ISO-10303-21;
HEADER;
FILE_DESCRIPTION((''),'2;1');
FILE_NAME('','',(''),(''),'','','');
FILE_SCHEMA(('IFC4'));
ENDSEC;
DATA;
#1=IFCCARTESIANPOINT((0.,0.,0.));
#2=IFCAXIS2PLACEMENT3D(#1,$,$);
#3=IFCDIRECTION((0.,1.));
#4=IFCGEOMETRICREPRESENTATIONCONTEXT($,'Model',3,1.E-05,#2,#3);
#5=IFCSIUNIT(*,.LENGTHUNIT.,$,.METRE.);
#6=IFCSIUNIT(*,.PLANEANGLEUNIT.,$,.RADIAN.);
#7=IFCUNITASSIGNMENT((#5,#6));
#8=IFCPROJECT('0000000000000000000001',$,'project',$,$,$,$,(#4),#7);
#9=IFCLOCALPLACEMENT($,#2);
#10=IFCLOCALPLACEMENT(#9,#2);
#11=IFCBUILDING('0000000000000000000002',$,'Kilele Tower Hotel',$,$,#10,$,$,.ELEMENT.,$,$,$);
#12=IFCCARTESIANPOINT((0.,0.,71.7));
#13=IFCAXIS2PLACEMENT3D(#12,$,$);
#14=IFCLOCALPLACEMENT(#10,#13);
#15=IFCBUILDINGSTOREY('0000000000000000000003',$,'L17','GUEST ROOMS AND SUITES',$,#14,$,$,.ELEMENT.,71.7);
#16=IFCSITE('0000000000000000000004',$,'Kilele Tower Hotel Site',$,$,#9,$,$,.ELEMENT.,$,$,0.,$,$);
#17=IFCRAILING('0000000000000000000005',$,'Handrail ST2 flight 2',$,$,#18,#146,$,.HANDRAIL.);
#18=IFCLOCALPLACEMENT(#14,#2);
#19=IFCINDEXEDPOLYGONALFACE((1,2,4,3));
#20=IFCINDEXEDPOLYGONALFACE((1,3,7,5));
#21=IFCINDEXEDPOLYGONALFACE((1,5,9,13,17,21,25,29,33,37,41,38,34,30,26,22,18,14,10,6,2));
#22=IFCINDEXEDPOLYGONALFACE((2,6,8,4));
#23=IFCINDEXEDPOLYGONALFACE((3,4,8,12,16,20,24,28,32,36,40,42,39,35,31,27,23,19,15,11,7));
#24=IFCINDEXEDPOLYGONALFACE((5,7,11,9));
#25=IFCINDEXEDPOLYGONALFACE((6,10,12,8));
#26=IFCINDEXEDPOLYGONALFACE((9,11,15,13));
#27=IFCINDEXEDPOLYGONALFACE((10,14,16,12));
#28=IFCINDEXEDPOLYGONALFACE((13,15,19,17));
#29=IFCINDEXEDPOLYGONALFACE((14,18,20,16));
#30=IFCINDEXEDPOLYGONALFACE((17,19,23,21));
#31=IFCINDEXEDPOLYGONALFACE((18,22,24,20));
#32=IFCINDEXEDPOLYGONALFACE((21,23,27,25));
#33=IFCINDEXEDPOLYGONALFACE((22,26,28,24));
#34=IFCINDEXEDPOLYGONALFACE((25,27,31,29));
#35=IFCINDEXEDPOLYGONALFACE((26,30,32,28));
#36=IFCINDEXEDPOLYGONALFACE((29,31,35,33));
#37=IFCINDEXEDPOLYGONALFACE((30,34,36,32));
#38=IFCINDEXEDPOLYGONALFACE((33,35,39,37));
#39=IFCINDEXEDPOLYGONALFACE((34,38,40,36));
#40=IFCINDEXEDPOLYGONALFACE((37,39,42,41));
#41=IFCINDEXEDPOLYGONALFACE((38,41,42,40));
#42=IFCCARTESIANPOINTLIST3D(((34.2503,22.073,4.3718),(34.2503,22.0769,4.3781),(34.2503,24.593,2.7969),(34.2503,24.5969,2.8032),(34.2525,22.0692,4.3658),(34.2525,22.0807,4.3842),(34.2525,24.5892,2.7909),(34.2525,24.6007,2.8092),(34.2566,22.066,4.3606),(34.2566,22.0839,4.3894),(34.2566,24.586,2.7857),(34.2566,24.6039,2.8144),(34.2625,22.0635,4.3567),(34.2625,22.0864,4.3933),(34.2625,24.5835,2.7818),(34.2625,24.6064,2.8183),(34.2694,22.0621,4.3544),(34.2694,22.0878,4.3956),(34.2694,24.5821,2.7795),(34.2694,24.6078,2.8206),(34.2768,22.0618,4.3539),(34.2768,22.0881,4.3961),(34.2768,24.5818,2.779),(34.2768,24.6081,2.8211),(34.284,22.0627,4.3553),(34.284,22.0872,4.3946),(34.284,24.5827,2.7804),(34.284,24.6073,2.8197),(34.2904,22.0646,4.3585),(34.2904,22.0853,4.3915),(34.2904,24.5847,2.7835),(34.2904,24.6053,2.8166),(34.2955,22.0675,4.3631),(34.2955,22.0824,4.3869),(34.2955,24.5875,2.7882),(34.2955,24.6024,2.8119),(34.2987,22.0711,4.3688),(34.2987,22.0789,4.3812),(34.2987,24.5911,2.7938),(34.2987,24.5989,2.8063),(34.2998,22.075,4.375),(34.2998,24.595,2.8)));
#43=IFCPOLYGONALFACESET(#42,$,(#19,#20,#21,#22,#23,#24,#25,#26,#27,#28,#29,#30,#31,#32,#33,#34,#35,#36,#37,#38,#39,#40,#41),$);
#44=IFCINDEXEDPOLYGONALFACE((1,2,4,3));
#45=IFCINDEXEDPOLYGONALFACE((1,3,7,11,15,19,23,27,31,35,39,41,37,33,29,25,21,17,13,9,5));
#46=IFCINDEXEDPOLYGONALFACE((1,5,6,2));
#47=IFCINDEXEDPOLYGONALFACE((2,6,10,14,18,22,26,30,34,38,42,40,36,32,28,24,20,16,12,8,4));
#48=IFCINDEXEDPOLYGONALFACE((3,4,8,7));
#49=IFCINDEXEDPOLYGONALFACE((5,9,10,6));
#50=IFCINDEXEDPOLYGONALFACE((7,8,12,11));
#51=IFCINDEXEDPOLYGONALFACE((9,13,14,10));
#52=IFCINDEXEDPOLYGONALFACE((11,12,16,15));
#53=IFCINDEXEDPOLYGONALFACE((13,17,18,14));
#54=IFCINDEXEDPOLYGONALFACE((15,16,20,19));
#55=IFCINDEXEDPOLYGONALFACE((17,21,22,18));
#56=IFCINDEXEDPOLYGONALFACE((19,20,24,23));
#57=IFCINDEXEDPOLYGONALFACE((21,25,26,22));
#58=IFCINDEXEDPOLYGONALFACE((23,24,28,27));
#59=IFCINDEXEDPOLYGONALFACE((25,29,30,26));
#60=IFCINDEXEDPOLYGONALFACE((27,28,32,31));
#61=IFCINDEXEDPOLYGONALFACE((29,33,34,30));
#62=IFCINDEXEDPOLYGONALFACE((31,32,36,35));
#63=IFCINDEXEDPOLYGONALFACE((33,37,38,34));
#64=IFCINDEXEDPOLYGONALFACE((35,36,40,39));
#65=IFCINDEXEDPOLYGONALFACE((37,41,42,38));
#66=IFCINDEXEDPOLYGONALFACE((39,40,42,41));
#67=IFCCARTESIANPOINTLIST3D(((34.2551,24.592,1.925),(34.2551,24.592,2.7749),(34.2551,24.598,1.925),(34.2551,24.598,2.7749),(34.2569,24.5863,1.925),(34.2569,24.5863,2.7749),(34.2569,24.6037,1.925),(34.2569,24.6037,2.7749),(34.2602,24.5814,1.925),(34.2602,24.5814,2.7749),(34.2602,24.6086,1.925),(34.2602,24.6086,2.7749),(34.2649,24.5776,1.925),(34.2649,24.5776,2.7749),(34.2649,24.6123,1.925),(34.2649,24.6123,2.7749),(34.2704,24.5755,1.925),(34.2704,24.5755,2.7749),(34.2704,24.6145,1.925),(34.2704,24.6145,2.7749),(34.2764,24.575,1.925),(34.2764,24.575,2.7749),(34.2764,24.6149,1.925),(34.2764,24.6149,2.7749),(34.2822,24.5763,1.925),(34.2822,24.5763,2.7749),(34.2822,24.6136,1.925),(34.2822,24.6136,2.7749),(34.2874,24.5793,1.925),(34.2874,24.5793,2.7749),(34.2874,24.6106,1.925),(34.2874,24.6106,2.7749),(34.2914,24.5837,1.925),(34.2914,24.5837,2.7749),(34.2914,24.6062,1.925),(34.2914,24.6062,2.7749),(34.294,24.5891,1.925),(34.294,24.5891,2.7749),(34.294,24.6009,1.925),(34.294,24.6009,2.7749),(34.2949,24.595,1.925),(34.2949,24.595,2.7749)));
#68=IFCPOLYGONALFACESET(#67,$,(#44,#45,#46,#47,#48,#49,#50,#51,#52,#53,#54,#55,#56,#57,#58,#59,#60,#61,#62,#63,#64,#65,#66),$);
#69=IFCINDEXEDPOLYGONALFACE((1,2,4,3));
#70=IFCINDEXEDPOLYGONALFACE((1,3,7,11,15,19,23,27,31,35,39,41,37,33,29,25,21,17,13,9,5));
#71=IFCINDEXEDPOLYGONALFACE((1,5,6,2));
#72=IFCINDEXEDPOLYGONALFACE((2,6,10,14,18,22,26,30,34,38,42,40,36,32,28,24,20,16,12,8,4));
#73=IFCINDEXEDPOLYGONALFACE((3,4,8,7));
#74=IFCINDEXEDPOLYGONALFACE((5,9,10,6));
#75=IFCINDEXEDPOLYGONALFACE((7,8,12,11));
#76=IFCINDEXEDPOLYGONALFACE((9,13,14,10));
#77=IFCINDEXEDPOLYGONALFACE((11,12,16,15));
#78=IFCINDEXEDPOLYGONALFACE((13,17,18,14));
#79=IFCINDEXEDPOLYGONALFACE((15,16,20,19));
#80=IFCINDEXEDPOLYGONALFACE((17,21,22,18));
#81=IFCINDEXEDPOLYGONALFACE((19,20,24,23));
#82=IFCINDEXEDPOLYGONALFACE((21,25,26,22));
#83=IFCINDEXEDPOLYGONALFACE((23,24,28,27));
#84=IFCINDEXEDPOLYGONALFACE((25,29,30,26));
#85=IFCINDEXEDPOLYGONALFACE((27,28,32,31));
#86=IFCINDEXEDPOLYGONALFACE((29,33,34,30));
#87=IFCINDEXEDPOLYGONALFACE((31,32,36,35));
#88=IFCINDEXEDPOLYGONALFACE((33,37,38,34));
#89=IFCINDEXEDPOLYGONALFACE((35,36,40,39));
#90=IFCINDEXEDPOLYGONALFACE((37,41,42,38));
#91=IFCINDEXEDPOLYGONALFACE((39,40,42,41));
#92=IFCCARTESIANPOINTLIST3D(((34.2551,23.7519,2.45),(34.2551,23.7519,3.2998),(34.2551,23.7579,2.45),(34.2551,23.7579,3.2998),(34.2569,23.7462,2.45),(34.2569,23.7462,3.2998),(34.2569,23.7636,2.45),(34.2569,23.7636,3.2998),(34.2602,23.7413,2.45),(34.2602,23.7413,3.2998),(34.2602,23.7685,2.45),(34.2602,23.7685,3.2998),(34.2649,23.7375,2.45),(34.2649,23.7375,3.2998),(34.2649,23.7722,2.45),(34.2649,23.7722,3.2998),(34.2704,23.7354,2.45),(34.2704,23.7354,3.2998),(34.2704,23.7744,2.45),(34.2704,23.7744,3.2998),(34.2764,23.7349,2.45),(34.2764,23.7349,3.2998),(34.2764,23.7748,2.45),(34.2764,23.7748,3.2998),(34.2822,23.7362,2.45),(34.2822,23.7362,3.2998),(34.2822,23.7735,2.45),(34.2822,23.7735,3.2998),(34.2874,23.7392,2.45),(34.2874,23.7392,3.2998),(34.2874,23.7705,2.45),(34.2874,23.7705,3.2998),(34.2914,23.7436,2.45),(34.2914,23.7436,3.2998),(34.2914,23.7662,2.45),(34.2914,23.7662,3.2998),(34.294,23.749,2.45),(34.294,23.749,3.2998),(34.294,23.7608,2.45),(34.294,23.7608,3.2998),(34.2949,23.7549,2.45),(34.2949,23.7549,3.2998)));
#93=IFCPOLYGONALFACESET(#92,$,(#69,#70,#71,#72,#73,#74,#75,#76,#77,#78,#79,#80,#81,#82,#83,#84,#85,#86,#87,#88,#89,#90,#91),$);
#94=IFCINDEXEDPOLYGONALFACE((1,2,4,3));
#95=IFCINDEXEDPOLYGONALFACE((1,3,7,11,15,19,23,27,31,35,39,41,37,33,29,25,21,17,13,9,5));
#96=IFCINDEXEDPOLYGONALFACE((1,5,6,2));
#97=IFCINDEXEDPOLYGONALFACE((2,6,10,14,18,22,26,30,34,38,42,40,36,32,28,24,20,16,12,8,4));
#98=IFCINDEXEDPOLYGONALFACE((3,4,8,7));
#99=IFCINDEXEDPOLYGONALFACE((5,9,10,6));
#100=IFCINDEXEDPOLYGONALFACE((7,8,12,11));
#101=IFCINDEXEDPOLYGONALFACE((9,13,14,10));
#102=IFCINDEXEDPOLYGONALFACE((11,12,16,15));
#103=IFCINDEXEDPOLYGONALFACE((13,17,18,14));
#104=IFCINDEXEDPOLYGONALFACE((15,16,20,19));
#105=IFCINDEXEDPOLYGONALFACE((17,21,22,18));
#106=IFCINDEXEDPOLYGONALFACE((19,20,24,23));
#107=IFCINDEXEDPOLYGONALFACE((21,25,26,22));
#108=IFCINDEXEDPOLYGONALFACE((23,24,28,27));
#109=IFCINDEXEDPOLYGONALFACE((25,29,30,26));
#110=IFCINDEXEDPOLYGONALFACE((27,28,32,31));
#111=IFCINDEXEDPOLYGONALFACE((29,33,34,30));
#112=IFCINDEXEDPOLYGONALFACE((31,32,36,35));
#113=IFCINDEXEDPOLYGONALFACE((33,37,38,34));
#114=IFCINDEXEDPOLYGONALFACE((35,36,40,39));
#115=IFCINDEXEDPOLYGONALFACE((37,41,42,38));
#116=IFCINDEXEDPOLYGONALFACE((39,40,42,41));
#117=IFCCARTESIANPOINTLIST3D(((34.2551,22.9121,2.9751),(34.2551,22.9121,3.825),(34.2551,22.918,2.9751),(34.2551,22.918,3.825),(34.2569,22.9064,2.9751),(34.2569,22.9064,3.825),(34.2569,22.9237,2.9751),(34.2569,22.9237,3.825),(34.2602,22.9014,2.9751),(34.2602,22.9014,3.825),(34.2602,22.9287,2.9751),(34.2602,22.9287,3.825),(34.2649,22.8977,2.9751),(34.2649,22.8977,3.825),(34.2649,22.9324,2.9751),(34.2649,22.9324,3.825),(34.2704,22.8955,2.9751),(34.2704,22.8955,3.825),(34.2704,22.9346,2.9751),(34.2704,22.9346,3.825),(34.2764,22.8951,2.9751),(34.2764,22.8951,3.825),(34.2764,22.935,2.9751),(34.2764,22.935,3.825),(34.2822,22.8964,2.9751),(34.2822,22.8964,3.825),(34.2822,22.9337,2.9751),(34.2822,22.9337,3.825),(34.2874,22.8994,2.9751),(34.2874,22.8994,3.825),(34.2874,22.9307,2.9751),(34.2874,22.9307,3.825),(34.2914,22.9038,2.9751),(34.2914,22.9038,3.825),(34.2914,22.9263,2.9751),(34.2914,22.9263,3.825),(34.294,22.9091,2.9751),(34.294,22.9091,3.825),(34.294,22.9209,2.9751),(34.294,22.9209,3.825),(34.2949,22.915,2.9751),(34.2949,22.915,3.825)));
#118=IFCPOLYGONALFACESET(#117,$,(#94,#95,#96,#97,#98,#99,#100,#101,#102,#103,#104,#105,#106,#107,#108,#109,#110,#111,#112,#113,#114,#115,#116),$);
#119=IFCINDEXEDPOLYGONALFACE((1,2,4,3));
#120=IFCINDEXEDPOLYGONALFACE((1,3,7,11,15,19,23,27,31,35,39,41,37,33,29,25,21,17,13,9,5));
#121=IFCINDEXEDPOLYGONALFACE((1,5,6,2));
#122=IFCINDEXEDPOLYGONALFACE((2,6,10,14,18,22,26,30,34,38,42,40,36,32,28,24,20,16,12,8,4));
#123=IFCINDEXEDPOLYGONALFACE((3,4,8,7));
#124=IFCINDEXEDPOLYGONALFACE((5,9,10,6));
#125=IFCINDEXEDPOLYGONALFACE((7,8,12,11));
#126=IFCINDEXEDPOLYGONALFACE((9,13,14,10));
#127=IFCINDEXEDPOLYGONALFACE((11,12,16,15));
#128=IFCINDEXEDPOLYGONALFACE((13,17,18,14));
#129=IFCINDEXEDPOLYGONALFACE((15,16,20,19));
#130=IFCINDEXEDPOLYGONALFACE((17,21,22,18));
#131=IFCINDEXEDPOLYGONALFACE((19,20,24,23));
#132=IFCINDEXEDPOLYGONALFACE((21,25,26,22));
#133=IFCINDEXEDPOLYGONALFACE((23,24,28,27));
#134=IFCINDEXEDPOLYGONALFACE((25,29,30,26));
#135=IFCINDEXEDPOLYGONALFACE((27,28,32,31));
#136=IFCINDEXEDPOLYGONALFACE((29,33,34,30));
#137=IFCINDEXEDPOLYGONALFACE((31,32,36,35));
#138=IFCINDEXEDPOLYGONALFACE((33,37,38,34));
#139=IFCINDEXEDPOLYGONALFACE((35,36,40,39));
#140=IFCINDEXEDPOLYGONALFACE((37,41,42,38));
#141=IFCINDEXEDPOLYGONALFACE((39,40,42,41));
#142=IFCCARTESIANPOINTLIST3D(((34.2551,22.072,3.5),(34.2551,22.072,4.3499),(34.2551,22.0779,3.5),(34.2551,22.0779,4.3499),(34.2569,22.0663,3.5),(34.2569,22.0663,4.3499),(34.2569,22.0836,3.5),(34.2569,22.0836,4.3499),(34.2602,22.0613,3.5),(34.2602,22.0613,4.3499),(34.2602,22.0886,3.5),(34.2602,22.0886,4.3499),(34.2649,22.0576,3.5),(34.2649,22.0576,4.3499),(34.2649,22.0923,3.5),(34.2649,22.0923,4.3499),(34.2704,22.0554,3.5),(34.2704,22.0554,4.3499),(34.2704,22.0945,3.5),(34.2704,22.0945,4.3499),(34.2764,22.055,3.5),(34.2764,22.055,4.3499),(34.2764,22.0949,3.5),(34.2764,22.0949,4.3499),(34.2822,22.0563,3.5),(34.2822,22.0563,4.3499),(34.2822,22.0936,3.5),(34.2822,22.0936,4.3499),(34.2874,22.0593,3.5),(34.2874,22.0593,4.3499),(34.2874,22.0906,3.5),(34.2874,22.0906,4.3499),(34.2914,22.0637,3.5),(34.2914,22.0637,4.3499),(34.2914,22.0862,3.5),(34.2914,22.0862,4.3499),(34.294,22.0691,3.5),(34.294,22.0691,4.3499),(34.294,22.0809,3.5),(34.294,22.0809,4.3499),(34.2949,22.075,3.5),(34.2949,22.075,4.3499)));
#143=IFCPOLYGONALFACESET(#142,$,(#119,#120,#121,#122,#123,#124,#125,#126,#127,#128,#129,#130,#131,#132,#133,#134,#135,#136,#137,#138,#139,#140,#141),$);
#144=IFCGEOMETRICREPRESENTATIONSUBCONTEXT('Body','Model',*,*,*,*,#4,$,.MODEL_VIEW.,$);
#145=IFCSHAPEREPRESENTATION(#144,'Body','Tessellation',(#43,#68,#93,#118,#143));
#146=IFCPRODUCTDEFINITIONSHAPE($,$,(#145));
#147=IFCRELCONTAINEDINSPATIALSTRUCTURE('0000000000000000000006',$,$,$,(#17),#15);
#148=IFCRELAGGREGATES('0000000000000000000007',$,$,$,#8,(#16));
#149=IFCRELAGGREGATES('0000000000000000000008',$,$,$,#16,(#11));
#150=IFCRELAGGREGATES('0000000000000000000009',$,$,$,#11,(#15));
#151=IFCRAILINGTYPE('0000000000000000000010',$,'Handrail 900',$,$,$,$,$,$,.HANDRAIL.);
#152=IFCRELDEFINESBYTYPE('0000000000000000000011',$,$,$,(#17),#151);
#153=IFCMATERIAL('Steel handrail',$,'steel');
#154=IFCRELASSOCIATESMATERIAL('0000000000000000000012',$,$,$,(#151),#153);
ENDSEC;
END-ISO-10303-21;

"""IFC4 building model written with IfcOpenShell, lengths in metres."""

from ifc_helpers import new_model, si_unit, direction, frame, origin, origin_2d, place, context, subcontext, project, spatial, circle, extrude, material, type_object, element, save


model = new_model("IFC4")

# Units and contexts
model_context = context("Model", 3, precision=1e-05, world=origin(), true_north=direction((0.0, 1.0)))
body_context = subcontext(model_context, "Body", "Model", "MODEL_VIEW")
ifc_project = project(units=[si_unit("LENGTHUNIT", "METRE"), si_unit("PLANEANGLEUNIT", "RADIAN")], contexts=[model_context])

# Site, building, storey
site_placement = place(None, origin())
site = spatial("IfcSite", under=ifc_project, at=site_placement, Name="Kilele Tower Hotel Site", CompositionType="ELEMENT", RefElevation=0.0)
building_placement = place(site_placement, origin())
building = spatial("IfcBuilding", under=site, at=building_placement, Name="Kilele Tower Hotel", CompositionType="ELEMENT")
storey_placement = place(building_placement, frame((0.0, 0.0, 71.7)))
storey = spatial("IfcBuildingStorey", under=building, at=storey_placement, Name="L17", Description="GUEST ROOMS AND SUITES", CompositionType="ELEMENT", Elevation=71.7)

# Railing
ifc_material_1 = material(Name="Steel handrail", Category="steel")
railing_type_1 = type_object("IfcRailingType", Name="Handrail 900", PredefinedType="HANDRAIL", material=ifc_material_1)
for number, where, name in (
    (1, (34.2749, 24.595, 1.925), "Handrail ST2 flight 2"),
):
    element("IfcRailing", number, at=place(storey_placement, frame(where)), inside=storey, type_object=railing_type_1, Name=name, PredefinedType="HANDRAIL", context=body_context, shape_type="SweptSolid", body=[
        extrude(circle(Radius=0.0249, at=origin_2d()), frame((0.0, 0.0, 0.875), z_axis=(0.0, -0.848008, 0.529984), x_axis=(1.0, 0.0, 0.0)), (0.0, 0.0, 1.0), 2.9717),
        extrude(circle(Radius=0.02, at=origin_2d()), origin(), (0.0, 0.0, 1.0), 0.8499),
        extrude(circle(Radius=0.02, at=origin_2d()), frame((0.0, -0.8401, 0.5249)), (0.0, 0.0, 1.0), 0.8499),
        extrude(circle(Radius=0.02, at=origin_2d()), frame((0.0, -1.6799, 1.05)), (0.0, 0.0, 1.0), 0.8499),
        extrude(circle(Radius=0.02, at=origin_2d()), frame((0.0, -2.52, 1.575)), (0.0, 0.0, 1.0), 0.8499),
    ])

save(model, "model.ifc")
